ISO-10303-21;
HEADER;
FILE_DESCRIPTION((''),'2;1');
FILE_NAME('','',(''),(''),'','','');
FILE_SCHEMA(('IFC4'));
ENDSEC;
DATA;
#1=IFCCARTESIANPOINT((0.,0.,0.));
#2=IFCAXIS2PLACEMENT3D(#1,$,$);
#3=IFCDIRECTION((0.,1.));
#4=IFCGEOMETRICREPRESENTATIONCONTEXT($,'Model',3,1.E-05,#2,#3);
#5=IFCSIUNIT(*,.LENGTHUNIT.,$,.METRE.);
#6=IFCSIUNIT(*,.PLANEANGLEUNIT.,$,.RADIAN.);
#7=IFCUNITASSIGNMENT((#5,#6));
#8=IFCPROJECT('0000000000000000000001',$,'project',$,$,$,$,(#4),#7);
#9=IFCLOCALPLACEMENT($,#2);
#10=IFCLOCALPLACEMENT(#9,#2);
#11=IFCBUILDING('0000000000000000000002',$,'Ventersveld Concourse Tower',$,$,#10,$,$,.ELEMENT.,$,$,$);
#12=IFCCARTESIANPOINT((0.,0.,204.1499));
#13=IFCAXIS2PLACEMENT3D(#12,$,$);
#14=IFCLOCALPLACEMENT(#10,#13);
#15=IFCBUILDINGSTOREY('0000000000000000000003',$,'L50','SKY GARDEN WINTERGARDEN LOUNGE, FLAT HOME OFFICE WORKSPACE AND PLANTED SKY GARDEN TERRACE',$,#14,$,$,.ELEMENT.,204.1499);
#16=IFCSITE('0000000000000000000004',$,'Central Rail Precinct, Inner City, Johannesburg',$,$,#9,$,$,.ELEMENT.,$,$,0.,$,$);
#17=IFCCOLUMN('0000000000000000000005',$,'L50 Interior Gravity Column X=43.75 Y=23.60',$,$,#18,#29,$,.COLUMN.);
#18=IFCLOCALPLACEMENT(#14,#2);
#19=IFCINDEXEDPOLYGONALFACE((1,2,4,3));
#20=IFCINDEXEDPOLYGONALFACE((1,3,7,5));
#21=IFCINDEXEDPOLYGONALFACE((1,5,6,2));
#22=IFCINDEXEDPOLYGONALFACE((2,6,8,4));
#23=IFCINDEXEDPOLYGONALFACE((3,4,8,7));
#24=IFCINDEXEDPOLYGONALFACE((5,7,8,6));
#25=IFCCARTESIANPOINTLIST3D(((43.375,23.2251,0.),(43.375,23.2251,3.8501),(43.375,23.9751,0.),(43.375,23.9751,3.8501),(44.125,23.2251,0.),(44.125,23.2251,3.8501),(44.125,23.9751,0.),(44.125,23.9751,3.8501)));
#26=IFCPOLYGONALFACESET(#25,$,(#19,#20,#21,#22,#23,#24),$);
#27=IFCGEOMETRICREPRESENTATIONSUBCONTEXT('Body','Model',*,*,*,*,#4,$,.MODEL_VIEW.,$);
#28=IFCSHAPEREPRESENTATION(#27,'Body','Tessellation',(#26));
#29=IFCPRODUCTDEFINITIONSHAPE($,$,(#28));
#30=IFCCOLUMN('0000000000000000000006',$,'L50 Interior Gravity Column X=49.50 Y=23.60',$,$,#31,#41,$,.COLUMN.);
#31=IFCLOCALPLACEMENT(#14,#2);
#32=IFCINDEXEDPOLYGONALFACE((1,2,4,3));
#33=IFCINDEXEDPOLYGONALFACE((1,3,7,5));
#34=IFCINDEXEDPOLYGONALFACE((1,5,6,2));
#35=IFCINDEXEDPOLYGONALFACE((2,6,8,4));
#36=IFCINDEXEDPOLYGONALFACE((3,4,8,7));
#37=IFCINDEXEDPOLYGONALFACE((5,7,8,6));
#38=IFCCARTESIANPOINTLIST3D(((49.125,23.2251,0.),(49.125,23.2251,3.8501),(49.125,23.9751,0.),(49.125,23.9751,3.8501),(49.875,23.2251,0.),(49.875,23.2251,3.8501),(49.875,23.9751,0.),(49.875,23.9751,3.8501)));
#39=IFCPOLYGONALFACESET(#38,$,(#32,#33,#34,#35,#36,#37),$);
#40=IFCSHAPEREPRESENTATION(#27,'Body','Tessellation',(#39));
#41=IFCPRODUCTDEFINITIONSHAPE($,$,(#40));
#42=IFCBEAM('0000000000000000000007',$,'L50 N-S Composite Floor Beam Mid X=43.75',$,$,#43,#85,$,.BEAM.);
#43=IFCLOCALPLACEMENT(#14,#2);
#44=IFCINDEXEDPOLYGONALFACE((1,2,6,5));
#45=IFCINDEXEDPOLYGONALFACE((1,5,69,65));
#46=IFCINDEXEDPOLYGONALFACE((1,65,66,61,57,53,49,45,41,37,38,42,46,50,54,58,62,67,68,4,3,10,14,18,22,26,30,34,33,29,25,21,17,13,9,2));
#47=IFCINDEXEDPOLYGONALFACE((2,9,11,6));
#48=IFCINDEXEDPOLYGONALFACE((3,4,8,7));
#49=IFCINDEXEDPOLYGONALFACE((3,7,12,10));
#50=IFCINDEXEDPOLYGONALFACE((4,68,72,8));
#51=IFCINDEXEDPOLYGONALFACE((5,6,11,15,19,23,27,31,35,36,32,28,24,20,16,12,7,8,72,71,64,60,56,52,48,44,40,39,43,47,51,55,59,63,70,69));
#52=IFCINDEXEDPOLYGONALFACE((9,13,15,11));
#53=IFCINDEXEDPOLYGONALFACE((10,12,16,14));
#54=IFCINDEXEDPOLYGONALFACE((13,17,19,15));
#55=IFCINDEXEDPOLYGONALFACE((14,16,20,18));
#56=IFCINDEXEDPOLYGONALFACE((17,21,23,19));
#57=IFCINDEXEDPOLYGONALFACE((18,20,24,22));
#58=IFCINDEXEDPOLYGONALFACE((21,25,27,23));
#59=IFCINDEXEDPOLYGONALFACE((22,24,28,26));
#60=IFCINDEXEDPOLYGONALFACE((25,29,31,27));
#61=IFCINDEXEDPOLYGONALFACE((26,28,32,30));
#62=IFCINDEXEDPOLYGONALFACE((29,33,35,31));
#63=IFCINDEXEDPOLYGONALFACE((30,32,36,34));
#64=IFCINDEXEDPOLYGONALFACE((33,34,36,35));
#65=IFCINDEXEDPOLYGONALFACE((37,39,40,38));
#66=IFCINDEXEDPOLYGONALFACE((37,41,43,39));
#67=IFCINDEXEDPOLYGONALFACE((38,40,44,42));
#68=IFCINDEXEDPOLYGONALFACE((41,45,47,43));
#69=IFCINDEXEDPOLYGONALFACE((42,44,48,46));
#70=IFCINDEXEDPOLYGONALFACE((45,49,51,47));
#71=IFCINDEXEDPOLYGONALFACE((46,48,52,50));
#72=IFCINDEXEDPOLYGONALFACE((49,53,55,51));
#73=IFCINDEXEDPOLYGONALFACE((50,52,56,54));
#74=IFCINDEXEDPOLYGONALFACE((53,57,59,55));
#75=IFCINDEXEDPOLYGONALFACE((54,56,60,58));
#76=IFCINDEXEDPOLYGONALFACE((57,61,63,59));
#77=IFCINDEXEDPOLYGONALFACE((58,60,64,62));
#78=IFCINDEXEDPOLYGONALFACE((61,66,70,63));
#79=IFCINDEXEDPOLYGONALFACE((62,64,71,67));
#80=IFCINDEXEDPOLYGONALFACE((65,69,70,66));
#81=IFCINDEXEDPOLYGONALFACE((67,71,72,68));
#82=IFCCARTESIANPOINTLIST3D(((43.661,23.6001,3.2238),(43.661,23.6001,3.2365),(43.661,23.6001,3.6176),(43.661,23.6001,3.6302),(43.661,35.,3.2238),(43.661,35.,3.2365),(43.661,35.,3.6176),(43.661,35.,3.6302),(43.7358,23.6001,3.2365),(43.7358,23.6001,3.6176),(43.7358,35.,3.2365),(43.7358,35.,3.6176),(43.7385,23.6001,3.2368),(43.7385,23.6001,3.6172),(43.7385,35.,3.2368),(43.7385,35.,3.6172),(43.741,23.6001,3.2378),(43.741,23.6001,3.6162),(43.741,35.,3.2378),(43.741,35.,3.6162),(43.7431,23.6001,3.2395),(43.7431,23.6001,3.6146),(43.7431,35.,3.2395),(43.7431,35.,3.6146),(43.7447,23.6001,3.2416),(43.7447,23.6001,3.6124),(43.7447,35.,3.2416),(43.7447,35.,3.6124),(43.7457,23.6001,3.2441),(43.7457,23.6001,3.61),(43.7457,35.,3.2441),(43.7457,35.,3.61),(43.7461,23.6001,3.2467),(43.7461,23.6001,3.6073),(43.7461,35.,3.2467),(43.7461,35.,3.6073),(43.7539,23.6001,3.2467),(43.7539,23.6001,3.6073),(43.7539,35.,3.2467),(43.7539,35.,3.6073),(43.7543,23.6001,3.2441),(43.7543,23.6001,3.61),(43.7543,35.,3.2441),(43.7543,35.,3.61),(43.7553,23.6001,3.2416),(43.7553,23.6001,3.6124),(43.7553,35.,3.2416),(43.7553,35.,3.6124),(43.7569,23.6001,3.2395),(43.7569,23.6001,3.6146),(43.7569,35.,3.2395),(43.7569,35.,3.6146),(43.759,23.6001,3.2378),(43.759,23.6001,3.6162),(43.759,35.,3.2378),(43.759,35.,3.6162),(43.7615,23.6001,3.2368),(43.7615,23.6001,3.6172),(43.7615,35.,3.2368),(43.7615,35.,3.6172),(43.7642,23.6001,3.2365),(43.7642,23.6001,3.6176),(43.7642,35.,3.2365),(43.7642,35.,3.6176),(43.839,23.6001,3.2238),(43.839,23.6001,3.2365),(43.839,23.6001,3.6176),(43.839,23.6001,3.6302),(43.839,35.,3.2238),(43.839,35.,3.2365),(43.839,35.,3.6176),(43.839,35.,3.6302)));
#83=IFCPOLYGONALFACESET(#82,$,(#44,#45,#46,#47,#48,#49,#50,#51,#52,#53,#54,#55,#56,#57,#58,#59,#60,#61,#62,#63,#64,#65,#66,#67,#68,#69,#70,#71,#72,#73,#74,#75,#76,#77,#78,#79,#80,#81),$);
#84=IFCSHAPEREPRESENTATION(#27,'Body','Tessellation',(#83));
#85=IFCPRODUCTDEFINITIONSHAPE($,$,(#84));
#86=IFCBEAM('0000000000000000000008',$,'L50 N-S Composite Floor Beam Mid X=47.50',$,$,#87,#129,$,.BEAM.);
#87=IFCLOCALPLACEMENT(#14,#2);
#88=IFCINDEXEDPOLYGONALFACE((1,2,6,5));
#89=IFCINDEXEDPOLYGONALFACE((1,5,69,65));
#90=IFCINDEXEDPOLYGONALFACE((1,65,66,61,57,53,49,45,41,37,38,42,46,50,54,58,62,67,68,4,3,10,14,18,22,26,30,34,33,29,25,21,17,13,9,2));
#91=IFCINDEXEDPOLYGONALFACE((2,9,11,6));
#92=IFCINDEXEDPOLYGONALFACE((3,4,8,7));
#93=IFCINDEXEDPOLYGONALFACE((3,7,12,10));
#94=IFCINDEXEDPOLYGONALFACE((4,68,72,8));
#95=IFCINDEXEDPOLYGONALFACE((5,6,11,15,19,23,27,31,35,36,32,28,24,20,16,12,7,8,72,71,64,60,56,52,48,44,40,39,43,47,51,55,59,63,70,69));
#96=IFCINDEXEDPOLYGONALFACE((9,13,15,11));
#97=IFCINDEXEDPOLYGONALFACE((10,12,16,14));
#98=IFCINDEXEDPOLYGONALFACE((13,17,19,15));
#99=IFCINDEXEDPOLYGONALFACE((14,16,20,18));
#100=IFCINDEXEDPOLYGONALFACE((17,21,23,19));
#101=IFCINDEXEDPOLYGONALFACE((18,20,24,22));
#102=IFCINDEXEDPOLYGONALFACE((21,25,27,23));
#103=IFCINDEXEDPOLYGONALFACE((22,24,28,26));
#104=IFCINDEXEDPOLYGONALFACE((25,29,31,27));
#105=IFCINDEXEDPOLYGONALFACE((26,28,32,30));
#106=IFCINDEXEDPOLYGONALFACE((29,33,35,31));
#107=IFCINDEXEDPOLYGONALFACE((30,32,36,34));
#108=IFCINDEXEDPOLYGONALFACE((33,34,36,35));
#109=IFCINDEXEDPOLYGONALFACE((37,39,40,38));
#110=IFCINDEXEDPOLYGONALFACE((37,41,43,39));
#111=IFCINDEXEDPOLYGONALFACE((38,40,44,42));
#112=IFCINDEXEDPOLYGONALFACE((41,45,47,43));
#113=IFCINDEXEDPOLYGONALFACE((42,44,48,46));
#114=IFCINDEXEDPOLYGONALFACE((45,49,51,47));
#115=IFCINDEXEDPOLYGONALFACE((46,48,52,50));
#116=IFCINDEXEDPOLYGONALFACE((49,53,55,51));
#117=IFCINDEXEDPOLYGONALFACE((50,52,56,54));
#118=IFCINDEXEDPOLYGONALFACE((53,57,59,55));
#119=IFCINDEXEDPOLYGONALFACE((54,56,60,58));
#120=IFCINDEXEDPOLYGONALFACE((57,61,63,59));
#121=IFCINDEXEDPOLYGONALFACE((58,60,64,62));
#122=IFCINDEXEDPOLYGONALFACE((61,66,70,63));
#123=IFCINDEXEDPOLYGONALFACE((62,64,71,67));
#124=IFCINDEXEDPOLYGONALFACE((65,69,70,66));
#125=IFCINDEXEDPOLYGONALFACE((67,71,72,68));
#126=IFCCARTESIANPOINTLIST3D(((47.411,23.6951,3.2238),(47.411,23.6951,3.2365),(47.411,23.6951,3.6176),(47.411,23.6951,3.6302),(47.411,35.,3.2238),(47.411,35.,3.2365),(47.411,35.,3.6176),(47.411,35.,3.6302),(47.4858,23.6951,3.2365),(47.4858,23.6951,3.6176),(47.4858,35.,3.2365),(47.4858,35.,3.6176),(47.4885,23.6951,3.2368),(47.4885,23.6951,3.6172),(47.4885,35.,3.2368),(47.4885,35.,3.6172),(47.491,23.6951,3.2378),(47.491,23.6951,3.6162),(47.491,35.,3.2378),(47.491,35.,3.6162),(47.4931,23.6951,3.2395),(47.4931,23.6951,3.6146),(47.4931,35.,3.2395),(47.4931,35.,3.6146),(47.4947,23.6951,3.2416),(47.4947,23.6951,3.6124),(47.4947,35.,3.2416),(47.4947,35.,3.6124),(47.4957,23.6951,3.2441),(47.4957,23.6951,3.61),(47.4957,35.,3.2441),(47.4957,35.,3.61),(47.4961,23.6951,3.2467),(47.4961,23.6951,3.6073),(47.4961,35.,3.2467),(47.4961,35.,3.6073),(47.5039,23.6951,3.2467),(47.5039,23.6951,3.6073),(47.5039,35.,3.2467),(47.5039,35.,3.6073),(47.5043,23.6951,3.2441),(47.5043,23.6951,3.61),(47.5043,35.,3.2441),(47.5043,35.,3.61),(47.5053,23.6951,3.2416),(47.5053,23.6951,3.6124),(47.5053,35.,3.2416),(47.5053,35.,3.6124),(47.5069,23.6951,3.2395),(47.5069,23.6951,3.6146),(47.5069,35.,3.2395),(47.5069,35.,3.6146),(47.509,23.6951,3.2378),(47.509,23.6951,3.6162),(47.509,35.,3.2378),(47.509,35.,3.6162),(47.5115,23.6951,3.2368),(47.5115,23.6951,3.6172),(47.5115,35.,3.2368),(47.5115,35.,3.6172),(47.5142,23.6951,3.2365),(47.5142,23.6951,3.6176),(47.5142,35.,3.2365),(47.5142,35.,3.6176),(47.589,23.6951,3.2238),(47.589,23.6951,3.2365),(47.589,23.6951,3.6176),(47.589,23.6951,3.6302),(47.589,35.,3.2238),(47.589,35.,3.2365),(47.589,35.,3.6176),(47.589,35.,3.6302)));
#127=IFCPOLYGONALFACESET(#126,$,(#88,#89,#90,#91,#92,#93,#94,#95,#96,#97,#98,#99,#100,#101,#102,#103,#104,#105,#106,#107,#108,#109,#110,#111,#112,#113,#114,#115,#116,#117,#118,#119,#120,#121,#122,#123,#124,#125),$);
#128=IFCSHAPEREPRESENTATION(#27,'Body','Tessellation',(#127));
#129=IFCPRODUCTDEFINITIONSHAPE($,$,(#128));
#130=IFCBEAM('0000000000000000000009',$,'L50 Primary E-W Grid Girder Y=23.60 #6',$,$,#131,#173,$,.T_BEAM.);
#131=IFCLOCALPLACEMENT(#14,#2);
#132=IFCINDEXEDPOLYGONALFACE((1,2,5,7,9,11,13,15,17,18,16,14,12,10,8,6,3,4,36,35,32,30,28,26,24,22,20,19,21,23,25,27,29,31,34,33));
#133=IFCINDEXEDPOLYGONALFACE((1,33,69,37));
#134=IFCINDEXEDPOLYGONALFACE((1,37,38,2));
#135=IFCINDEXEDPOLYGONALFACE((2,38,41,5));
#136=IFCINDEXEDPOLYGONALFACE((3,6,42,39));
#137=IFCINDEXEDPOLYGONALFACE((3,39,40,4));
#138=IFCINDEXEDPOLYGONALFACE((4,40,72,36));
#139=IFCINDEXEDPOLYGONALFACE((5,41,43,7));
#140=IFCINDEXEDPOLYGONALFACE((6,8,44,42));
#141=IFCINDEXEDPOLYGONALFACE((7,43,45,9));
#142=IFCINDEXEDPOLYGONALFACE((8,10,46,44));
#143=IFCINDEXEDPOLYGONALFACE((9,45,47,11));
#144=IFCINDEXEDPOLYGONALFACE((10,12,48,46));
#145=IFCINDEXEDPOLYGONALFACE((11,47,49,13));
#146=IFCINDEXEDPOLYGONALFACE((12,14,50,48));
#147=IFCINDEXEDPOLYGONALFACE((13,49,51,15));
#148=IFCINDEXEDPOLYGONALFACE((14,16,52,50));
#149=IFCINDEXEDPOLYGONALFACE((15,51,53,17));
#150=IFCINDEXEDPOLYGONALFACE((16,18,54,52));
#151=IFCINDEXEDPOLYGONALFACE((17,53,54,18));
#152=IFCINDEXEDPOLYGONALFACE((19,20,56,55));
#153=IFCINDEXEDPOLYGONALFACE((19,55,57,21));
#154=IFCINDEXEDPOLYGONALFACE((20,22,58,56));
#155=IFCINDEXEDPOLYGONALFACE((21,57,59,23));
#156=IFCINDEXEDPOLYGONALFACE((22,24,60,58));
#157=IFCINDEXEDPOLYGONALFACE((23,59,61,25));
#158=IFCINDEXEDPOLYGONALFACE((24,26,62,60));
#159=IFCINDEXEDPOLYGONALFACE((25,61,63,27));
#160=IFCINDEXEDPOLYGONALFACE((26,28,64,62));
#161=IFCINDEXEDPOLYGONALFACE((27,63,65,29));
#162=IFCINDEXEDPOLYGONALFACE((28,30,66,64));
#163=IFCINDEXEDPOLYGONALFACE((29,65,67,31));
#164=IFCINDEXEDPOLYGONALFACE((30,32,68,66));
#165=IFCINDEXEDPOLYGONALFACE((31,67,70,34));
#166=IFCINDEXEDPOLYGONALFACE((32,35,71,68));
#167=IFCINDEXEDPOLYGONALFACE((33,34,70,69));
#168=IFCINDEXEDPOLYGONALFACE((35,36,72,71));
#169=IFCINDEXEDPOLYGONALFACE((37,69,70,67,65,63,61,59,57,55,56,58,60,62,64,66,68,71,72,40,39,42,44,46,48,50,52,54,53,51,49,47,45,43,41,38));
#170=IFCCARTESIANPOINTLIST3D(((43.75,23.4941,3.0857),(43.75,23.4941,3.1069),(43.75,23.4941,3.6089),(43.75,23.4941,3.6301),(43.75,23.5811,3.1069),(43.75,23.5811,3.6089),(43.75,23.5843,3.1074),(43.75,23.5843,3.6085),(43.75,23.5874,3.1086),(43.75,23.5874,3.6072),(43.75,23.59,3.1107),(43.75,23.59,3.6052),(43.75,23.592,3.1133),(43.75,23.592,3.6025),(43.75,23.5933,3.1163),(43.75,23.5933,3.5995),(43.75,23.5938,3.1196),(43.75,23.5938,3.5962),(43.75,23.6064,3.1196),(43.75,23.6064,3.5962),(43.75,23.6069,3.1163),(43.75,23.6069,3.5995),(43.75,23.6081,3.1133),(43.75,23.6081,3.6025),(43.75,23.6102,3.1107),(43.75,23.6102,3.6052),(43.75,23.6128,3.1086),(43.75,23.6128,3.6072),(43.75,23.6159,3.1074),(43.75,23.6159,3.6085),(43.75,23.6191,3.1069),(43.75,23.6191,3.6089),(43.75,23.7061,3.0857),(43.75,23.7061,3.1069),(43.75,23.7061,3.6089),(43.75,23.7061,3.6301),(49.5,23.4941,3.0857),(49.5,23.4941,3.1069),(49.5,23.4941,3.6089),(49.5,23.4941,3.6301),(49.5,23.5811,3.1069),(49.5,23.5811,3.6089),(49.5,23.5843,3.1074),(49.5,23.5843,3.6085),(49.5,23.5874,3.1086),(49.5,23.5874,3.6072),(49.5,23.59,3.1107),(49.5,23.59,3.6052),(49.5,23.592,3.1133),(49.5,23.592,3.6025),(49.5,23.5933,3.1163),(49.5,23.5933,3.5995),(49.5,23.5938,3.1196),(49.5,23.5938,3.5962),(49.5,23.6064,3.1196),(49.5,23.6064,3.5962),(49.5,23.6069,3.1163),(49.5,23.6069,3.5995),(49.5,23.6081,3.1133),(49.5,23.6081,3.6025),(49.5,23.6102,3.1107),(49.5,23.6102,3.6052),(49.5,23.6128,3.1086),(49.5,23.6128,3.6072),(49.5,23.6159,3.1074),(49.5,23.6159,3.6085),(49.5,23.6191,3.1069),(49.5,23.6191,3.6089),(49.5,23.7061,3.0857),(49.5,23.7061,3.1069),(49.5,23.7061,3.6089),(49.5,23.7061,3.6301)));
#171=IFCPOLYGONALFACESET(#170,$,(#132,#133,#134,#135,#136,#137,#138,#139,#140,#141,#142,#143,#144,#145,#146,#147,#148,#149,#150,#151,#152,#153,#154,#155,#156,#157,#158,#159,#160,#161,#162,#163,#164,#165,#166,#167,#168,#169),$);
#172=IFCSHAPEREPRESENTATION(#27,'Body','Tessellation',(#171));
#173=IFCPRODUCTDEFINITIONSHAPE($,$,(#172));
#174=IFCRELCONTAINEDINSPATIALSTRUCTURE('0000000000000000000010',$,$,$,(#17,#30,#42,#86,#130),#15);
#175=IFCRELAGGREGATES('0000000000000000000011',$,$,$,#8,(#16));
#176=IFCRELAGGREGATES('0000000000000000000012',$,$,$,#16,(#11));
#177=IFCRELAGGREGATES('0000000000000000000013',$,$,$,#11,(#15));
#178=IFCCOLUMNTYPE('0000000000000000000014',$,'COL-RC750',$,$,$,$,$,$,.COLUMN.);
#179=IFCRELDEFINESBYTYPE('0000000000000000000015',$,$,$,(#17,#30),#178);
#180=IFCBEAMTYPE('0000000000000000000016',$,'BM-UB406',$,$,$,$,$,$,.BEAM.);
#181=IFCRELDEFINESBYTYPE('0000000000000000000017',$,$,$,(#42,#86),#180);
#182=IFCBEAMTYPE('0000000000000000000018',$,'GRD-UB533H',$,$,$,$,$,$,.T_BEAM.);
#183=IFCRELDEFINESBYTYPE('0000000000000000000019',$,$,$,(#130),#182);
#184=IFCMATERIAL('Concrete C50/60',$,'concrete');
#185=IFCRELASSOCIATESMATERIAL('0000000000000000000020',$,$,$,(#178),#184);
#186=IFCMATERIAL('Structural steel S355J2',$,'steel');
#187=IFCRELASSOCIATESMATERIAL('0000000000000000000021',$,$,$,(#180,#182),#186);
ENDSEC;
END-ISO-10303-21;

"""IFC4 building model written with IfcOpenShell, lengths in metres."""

from ifc_helpers import new_model, si_unit, direction, frame, origin, origin_2d, place, context, subcontext, project, spatial, rectangle, i_section, extrude, material, material_profile, profile_set, type_object, element, save


model = new_model("IFC4")

# Units and contexts
model_context = context("Model", 3, precision=1e-05, world=origin(), true_north=direction((0.0, 1.0)))
body_context = subcontext(model_context, "Body", "Model", "MODEL_VIEW")
ifc_project = project(units=[si_unit("LENGTHUNIT", "METRE"), si_unit("PLANEANGLEUNIT", "RADIAN")], contexts=[model_context])

# Site, building, storey
site_placement = place(None, origin())
site = spatial("IfcSite", under=ifc_project, at=site_placement, Name="Central Rail Precinct, Inner City, Johannesburg", CompositionType="ELEMENT", RefElevation=0.0)
building_placement = place(site_placement, origin())
building = spatial("IfcBuilding", under=site, at=building_placement, Name="Ventersveld Concourse Tower", CompositionType="ELEMENT")
storey_placement = place(building_placement, frame((0.0, 0.0, 204.1499)))
storey = spatial("IfcBuildingStorey", under=building, at=storey_placement, Name="L50", Description="SKY GARDEN WINTERGARDEN LOUNGE, FLAT HOME OFFICE WORKSPACE AND PLANTED SKY GARDEN TERRACE", CompositionType="ELEMENT", Elevation=204.1499)

# Columns
ifc_material_1 = material(Name="Concrete C50/60", Category="concrete")
ifc_material_profile_1 = material_profile(ifc_material_1, rectangle(XDim=0.75, YDim=0.75, at=origin_2d()), Name="RC 750x750")
ifc_profile_set_1 = profile_set([ifc_material_profile_1], Name="Concrete C50/60")
column_type = type_object("IfcColumnType", Name="COL-RC750", PredefinedType="COLUMN", material=ifc_profile_set_1)
for number, where, z_axis, x_axis, name in (
    (1, (43.75, 23.6001, 0.0), (0.0, 0.0, 1.0), (1.0, 0.0, 0.0), "L50 Interior Gravity Column X=43.75 Y=23.60"),
    (2, (49.5, 23.6001, 0.0), (0.0, 0.0, 1.0), (1.0, 0.0, 0.0), "L50 Interior Gravity Column X=49.50 Y=23.60"),
):
    element("IfcColumn", number, at=place(storey_placement, frame(where, z_axis=z_axis, x_axis=x_axis)), inside=storey, type_object=column_type, Name=name, PredefinedType="COLUMN", context=body_context, shape_type="SweptSolid", body=[
        extrude(rectangle(XDim=0.75, YDim=0.75, at=origin_2d()), origin(), (0.0, 0.0, 1.0), 3.8501),
    ])

# Beams
ifc_material_2 = material(Name="Structural steel S355J2", Category="steel")
ifc_material_profile_2 = material_profile(ifc_material_2, i_section(OverallWidth=0.178, OverallDepth=0.4065, WebThickness=0.0078, FlangeThickness=0.0127, FilletRadius=0.0103, at=origin_2d()), Name="UB 406x178x60")
ifc_profile_set_2 = profile_set([ifc_material_profile_2], Name="Structural steel S355J2")
beam_type_1 = type_object("IfcBeamType", Name="BM-UB406", PredefinedType="BEAM", material=ifc_profile_set_2)
beam_1_placement = place(storey_placement, frame((43.75, 23.6001, 3.427), z_axis=(0.0, 1.0, 0.0), x_axis=(-1.0, 0.0, 0.0)))
element("IfcBeam", 3, at=beam_1_placement, inside=storey, type_object=beam_type_1, Name="L50 N-S Composite Floor Beam Mid X=43.75", PredefinedType="BEAM", context=body_context, shape_type="SweptSolid", body=[
    extrude(i_section(OverallWidth=0.178, OverallDepth=0.4065, WebThickness=0.0078, FlangeThickness=0.0127, FilletRadius=0.0103, at=origin_2d()), origin(), (0.0, 0.0, 1.0), 11.3999),
])
beam_2_placement = place(storey_placement, frame((47.5, 23.6951, 3.427), z_axis=(0.0, 1.0, 0.0), x_axis=(-1.0, 0.0, 0.0)))
element("IfcBeam", 4, at=beam_2_placement, inside=storey, type_object=beam_type_1, Name="L50 N-S Composite Floor Beam Mid X=47.50", PredefinedType="BEAM", context=body_context, shape_type="SweptSolid", body=[
    extrude(i_section(OverallWidth=0.178, OverallDepth=0.4065, WebThickness=0.0078, FlangeThickness=0.0127, FilletRadius=0.0103, at=origin_2d()), origin(), (0.0, 0.0, 1.0), 11.3049),
])
ifc_material_profile_3 = material_profile(ifc_material_2, i_section(OverallWidth=0.2119, OverallDepth=0.5444, WebThickness=0.0127, FlangeThickness=0.0212, FilletRadius=0.0127, at=origin_2d()), Name="UB 533x210x122")
ifc_profile_set_3 = profile_set([ifc_material_profile_3], Name="Structural steel S355J2")
beam_type_2 = type_object("IfcBeamType", Name="GRD-UB533H", PredefinedType="T_BEAM", material=ifc_profile_set_3)
beam_3_placement = place(storey_placement, frame((43.75, 23.6001, 3.3579), z_axis=(1.0, 0.0, 0.0), x_axis=(0.0, 1.0, 0.0)))
element("IfcBeam", 5, at=beam_3_placement, inside=storey, type_object=beam_type_2, Name="L50 Primary E-W Grid Girder Y=23.60 #6", PredefinedType="T_BEAM", context=body_context, shape_type="SweptSolid", body=[
    extrude(i_section(OverallWidth=0.2119, OverallDepth=0.5444, WebThickness=0.0127, FlangeThickness=0.0212, FilletRadius=0.0127, at=origin_2d()), origin(), (0.0, 0.0, 1.0), 5.75),
])

save(model, "model.ifc")
